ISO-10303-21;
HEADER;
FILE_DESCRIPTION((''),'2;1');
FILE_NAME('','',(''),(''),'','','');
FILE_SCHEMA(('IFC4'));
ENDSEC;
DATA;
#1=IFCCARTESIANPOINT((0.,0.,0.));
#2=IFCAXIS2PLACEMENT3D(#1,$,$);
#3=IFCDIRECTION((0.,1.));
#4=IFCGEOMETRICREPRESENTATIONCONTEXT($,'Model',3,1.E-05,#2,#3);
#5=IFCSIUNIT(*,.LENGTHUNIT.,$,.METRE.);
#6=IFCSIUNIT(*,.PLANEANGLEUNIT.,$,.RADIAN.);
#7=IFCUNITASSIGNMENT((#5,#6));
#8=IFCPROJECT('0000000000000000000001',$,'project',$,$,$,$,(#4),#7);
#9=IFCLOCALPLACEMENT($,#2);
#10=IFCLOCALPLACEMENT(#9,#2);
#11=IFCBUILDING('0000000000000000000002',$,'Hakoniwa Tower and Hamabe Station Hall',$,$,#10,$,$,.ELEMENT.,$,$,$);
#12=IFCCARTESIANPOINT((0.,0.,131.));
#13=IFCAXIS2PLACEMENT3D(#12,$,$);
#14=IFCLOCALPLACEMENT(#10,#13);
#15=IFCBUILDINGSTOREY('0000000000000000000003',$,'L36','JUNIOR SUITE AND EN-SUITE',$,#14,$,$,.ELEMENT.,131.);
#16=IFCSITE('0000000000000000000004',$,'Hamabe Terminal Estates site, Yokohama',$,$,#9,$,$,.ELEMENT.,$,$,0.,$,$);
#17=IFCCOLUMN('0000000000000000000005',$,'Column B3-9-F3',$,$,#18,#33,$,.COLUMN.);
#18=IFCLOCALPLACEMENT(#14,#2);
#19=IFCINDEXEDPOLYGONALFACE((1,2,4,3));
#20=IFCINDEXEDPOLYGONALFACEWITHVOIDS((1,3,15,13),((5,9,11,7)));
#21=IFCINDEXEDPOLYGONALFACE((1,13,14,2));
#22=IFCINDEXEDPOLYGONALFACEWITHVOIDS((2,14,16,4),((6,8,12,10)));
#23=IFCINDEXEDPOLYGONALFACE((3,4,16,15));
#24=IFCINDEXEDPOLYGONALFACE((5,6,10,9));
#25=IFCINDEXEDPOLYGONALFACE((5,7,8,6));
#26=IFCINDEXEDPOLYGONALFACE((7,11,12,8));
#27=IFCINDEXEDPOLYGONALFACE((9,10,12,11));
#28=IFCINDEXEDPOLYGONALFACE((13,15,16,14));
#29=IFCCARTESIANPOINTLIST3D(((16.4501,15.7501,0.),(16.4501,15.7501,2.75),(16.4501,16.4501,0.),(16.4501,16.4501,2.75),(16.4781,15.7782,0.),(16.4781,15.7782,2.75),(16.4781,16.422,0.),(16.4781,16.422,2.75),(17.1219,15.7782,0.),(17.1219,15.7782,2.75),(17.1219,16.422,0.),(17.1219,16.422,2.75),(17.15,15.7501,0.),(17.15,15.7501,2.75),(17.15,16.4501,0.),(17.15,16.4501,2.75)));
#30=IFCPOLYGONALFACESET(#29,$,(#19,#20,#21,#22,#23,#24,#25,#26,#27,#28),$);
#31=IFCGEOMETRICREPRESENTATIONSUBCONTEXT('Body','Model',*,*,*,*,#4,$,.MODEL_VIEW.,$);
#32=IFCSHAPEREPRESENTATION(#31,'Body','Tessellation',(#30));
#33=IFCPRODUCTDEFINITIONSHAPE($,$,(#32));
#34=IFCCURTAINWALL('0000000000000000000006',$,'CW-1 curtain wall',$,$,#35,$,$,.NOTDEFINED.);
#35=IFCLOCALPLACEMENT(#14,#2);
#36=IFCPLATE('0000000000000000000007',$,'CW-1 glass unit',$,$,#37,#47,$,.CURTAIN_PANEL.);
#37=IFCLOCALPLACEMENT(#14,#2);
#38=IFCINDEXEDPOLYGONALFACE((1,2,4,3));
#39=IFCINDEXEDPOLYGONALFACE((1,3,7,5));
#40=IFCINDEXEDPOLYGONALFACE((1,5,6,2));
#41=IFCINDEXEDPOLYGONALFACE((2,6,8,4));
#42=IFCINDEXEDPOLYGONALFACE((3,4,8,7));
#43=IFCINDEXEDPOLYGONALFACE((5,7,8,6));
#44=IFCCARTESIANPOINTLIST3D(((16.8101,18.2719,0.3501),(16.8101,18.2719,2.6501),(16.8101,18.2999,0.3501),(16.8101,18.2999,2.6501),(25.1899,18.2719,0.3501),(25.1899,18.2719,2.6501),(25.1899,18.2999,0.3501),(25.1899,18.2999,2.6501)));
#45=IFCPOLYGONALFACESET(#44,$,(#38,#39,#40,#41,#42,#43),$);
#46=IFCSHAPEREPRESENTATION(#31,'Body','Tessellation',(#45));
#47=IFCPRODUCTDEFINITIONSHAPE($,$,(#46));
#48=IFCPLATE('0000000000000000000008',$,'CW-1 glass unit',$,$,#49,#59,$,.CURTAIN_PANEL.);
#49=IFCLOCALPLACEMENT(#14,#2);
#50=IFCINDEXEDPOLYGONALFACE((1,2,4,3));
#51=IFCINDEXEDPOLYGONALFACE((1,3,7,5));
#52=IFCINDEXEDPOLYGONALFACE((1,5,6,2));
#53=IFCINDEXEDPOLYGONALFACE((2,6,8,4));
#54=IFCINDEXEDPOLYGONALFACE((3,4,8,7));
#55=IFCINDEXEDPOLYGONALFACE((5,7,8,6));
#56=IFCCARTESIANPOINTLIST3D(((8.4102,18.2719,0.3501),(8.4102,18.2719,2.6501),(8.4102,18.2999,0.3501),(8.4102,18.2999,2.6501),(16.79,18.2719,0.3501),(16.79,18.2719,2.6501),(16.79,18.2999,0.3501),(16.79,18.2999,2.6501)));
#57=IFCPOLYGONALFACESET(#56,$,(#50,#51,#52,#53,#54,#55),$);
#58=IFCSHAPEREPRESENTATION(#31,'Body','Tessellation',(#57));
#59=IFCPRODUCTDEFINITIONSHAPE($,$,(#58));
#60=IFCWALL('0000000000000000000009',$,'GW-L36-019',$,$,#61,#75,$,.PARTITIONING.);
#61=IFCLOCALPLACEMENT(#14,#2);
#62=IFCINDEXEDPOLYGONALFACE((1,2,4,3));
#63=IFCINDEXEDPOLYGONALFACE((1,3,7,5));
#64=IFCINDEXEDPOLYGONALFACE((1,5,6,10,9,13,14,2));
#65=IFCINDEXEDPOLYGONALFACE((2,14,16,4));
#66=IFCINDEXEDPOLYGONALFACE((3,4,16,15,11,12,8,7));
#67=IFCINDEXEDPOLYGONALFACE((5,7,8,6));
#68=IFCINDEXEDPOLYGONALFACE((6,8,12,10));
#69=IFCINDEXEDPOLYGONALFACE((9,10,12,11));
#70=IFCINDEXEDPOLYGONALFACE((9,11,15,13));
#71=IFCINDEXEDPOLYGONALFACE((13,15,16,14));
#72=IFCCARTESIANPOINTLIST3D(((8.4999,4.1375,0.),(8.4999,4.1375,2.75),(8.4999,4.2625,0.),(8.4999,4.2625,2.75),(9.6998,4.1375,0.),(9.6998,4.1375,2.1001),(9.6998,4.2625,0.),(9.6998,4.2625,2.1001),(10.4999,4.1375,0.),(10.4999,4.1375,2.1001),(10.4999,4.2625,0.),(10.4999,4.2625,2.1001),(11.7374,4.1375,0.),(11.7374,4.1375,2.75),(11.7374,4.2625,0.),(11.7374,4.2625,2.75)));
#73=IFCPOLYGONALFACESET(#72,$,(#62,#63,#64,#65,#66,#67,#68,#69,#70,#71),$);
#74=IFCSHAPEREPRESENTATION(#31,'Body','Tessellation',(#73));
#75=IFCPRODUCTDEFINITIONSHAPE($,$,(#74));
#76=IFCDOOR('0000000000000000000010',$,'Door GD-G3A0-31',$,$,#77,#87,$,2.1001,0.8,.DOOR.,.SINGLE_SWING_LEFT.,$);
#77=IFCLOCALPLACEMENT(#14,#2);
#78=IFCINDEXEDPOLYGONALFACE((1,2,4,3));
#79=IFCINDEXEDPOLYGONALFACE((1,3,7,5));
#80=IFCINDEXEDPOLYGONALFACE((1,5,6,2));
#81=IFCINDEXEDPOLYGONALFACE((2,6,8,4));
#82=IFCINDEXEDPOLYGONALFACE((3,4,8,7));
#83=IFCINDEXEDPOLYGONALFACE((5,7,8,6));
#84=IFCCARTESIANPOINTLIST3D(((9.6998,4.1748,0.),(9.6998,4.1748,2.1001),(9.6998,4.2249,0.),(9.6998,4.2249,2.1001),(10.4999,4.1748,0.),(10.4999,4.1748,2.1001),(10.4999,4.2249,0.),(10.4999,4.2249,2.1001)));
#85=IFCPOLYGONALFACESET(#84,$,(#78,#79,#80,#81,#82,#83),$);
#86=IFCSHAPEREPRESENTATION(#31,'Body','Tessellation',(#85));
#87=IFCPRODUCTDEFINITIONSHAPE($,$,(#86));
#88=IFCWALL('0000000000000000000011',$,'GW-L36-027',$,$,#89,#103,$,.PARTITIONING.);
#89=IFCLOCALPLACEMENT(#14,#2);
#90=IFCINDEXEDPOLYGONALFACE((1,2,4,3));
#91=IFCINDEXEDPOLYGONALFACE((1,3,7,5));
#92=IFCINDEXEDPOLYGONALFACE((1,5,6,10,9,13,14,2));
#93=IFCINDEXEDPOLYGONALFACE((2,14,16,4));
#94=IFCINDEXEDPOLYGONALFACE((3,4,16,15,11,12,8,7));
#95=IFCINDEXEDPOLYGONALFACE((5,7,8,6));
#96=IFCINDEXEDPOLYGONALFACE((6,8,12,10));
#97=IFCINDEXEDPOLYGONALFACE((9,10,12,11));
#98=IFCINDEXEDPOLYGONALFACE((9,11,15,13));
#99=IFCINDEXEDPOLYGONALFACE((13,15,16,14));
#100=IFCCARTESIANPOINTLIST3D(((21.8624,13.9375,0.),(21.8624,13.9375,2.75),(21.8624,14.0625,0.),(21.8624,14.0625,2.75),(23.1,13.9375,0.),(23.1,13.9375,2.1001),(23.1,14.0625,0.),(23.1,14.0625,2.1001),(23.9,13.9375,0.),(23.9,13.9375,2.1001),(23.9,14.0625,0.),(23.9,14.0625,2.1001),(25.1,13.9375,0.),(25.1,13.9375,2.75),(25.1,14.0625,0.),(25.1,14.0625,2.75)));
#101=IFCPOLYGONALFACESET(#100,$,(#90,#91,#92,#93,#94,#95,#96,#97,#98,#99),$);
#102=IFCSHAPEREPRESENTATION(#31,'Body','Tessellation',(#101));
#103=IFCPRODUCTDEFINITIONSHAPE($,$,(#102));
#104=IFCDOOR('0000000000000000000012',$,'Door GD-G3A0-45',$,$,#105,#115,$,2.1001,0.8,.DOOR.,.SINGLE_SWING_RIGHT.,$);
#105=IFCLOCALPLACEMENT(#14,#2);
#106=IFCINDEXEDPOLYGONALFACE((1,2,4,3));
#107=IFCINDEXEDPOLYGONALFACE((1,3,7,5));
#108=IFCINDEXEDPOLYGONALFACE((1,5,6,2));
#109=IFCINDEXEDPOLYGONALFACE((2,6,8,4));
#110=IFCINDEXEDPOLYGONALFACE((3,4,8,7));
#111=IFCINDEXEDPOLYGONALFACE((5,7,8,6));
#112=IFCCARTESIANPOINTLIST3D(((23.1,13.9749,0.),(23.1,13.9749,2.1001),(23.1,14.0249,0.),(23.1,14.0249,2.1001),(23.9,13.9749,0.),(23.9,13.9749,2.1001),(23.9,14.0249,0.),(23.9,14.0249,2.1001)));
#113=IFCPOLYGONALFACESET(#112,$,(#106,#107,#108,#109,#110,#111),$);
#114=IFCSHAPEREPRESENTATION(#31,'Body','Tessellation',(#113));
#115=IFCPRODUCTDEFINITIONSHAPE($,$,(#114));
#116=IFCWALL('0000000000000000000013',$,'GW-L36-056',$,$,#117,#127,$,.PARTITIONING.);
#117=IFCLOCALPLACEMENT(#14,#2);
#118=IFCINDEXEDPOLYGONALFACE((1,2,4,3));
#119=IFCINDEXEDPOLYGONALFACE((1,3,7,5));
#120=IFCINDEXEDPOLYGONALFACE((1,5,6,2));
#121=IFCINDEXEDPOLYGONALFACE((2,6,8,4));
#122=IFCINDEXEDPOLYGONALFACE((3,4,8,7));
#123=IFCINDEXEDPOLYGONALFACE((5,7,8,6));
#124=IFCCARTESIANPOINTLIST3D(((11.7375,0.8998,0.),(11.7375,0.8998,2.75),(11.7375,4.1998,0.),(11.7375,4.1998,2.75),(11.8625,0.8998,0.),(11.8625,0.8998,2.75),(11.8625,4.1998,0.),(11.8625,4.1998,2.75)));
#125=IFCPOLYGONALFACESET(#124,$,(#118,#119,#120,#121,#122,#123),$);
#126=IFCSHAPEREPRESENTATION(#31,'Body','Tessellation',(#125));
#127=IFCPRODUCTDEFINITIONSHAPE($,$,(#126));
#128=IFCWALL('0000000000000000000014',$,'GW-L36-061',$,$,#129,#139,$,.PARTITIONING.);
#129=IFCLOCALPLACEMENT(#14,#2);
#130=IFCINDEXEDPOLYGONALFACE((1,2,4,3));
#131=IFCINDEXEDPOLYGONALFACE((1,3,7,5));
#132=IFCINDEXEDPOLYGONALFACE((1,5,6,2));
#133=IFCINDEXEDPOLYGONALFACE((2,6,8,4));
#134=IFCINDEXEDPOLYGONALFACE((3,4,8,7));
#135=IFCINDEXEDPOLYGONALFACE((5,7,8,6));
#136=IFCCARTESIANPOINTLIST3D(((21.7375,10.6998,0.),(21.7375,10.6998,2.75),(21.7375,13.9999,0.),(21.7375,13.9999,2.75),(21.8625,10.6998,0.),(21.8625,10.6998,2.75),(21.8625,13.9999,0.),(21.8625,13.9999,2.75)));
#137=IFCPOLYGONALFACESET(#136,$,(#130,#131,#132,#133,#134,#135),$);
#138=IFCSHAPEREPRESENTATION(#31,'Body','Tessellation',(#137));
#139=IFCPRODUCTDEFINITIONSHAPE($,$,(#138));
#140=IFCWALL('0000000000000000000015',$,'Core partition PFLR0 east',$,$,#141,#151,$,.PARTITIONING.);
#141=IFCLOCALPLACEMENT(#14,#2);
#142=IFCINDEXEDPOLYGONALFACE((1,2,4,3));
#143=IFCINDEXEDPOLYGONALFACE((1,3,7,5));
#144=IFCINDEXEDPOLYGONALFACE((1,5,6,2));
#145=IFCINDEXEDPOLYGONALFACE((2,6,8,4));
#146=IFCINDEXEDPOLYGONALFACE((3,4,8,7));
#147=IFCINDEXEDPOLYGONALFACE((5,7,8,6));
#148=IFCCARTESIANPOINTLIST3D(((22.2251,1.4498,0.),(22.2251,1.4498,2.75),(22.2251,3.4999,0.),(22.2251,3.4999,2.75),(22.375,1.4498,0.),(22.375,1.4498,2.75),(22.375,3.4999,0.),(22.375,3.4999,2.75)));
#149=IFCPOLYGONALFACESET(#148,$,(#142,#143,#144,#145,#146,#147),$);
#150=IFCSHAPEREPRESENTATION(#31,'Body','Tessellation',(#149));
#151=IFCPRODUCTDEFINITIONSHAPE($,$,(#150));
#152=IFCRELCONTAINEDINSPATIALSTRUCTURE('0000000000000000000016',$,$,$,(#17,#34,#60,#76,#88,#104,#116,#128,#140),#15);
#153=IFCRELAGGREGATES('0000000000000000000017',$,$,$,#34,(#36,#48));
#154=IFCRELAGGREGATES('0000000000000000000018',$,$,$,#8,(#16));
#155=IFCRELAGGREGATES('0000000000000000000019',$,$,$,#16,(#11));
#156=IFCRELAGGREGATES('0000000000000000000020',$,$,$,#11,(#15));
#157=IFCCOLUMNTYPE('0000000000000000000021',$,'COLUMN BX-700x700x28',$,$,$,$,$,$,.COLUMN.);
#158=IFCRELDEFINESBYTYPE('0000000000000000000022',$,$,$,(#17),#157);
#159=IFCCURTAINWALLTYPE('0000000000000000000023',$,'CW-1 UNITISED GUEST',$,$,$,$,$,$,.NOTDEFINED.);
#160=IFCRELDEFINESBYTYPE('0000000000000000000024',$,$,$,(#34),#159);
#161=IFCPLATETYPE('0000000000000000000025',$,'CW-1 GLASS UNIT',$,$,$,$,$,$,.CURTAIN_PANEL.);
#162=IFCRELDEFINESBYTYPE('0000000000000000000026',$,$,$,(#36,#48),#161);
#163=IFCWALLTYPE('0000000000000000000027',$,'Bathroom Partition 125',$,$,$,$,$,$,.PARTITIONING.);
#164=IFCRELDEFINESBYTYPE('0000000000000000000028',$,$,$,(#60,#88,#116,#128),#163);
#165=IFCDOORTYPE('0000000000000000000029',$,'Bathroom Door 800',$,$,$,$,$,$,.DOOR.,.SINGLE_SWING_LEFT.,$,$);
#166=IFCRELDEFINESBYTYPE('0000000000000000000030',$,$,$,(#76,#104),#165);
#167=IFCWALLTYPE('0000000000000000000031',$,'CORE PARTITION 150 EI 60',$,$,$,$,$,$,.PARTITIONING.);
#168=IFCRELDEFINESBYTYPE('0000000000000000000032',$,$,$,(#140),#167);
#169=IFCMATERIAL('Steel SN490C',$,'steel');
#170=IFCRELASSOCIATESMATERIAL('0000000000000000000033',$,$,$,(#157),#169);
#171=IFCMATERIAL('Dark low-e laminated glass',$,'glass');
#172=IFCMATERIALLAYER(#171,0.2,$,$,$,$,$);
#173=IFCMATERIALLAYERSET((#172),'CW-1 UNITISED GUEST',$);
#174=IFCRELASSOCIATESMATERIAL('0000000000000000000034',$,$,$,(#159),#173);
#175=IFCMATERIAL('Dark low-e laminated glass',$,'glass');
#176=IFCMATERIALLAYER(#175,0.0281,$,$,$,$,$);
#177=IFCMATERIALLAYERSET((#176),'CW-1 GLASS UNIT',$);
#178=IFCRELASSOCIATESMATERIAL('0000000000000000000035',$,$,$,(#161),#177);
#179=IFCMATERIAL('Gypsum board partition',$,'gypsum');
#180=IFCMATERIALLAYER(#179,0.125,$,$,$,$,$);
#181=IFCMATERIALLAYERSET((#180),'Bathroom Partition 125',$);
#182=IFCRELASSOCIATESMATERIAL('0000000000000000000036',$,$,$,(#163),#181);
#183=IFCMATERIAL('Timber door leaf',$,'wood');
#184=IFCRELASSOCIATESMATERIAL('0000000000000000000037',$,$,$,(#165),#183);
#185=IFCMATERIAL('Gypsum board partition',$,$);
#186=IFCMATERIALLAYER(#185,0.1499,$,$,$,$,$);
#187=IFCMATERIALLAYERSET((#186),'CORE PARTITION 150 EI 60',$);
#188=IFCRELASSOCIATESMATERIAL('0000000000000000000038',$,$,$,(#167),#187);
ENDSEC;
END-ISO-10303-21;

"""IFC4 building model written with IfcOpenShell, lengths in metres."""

from ifc_helpers import new_model, si_unit, direction, frame, frame_2d, origin, origin_2d, place, context, subcontext, project, spatial, rectangle, hollow_rectangle, extrude, material, layer, layer_set, material_profile, profile_set, type_object, element, fill, aggregate, save


model = new_model("IFC4")

# Units and contexts
model_context = context("Model", 3, precision=1e-05, world=origin(), true_north=direction((0.0, 1.0)))
body_context = subcontext(model_context, "Body", "Model", "MODEL_VIEW")
ifc_project = project(units=[si_unit("LENGTHUNIT", "METRE"), si_unit("PLANEANGLEUNIT", "RADIAN")], contexts=[model_context])

# Site, building, storey
site_placement = place(None, origin())
site = spatial("IfcSite", under=ifc_project, at=site_placement, Name="Hamabe Terminal Estates site, Yokohama", CompositionType="ELEMENT", RefElevation=0.0)
building_placement = place(site_placement, origin())
building = spatial("IfcBuilding", under=site, at=building_placement, Name="Hakoniwa Tower and Hamabe Station Hall", CompositionType="ELEMENT")
storey_placement = place(building_placement, frame((0.0, 0.0, 131.0)))
storey = spatial("IfcBuildingStorey", under=building, at=storey_placement, Name="L36", Description="JUNIOR SUITE AND EN-SUITE", CompositionType="ELEMENT", Elevation=131.0)

# Column
ifc_material_1 = material(Name="Steel SN490C", Category="steel")
ifc_material_profile = material_profile(ifc_material_1, hollow_rectangle(XDim=0.7, YDim=0.7, WallThickness=0.0281, at=origin_2d()), Name="BX-700x700x28")
ifc_profile_set = profile_set([ifc_material_profile], Name="Steel SN490C")
column_type = type_object("IfcColumnType", Name="COLUMN BX-700x700x28", PredefinedType="COLUMN", material=ifc_profile_set)
column_placement = place(storey_placement, frame((16.8, 16.1001, 0.0), z_axis=(0.0, 0.0, 1.0), x_axis=(1.0, 0.0, 0.0)))
element("IfcColumn", 1, at=column_placement, inside=storey, type_object=column_type, Name="Column B3-9-F3", PredefinedType="COLUMN", context=body_context, shape_type="SweptSolid", body=[
    extrude(hollow_rectangle(XDim=0.7, YDim=0.7, WallThickness=0.0281, at=origin_2d()), origin(), (0.0, 0.0, 1.0), 2.75),
])

# Curtain wall, plates
ifc_material_2 = material(Name="Dark low-e laminated glass", Category="glass")
ifc_layer_1 = layer(ifc_material_2, 0.2)
ifc_layer_set_1 = layer_set([ifc_layer_1], Name="CW-1 UNITISED GUEST")
curtain_wall_type = type_object("IfcCurtainWallType", Name="CW-1 UNITISED GUEST", PredefinedType="NOTDEFINED", material=ifc_layer_set_1)
curtain_wall_placement = place(storey_placement, origin())
curtain_wall = element("IfcCurtainWall", 2, at=curtain_wall_placement, inside=storey, type_object=curtain_wall_type, Name="CW-1 curtain wall", PredefinedType="NOTDEFINED")
ifc_material_3 = material(Name="Dark low-e laminated glass", Category="glass")
ifc_layer_2 = layer(ifc_material_3, 0.0281)
ifc_layer_set_2 = layer_set([ifc_layer_2], Name="CW-1 GLASS UNIT")
plate_type = type_object("IfcPlateType", Name="CW-1 GLASS UNIT", PredefinedType="CURTAIN_PANEL", material=ifc_layer_set_2)
plate_1_placement = place(storey_placement, frame((21.0, 18.2859, 0.3501), z_axis=(0.0, 0.0, 1.0), x_axis=(-1.0, 0.0, 0.0)))
plate_1 = element("IfcPlate", 3, at=plate_1_placement, type_object=plate_type, Name="CW-1 glass unit", PredefinedType="CURTAIN_PANEL", context=body_context, shape_type="SweptSolid", body=[
    extrude(rectangle(XDim=8.3799, YDim=0.0281, at=origin_2d()), origin(), (0.0, 0.0, 1.0), 2.3),
])
plate_2_placement = place(storey_placement, frame((12.6001, 18.2859, 0.3501), z_axis=(0.0, 0.0, 1.0), x_axis=(-1.0, 0.0, 0.0)))
plate_2 = element("IfcPlate", 4, at=plate_2_placement, type_object=plate_type, Name="CW-1 glass unit", PredefinedType="CURTAIN_PANEL", context=body_context, shape_type="SweptSolid", body=[
    extrude(rectangle(XDim=8.3799, YDim=0.0281, at=origin_2d()), origin(), (0.0, 0.0, 1.0), 2.3),
])
aggregate(curtain_wall, [plate_1, plate_2])

# Walls, openings, doors
ifc_material_4 = material(Name="Gypsum board partition", Category="gypsum")
ifc_layer_3 = layer(ifc_material_4, 0.125)
ifc_layer_set_3 = layer_set([ifc_layer_3], Name="Bathroom Partition 125")
wall_type_1 = type_object("IfcWallType", Name="Bathroom Partition 125", PredefinedType="PARTITIONING", material=ifc_layer_set_3)
wall_1_placement = place(storey_placement, frame((8.5, 4.2, 0.0), z_axis=(0.0, 0.0, 1.0), x_axis=(1.0, 0.0, 0.0)))
wall_1 = element("IfcWall", 5, at=wall_1_placement, inside=storey, type_object=wall_type_1, Name="GW-L36-019", PredefinedType="PARTITIONING", context=body_context, shape_type="SweptSolid", body=[
    extrude(rectangle(XDim=3.2375, YDim=0.125, at=frame_2d((1.6187, 0.0))), origin(), (0.0, 0.0, 1.0), 2.75),
])
opening_1_placement = place(wall_1_placement, frame((1.2, 0.0, 0.0)))
opening_1 = element("IfcOpeningElement", 6, at=opening_1_placement, cuts=wall_1, PredefinedType="OPENING", context=body_context, shape_type="SweptSolid", body=[
    extrude(rectangle(XDim=0.8, YDim=2.1001, at=frame_2d((0.3999, 1.05))), frame((0.0, 0.0725, 0.0), z_axis=(0.0, -1.0, 0.0), x_axis=(1.0, 0.0, 0.0)), (0.0, 0.0, 1.0), 0.145),
])
ifc_material_5 = material(Name="Timber door leaf", Category="wood")
door_type_1 = type_object("IfcDoorType", Name="Bathroom Door 800", OperationType="SINGLE_SWING_LEFT", PredefinedType="DOOR", material=ifc_material_5)
door_1_placement = place(opening_1_placement, origin())
door_1 = element("IfcDoor", 7, at=door_1_placement, inside=storey, type_object=door_type_1, Name="Door GD-G3A0-31", OperationType="SINGLE_SWING_LEFT", OverallHeight=2.1001, OverallWidth=0.8, PredefinedType="DOOR", context=body_context, shape_type="SweptSolid", body=[
    extrude(rectangle(XDim=0.8, YDim=2.1001, at=frame_2d((0.3999, 1.05))), frame((0.0, 0.0249, 0.0), z_axis=(0.0, -1.0, 0.0), x_axis=(1.0, 0.0, 0.0)), (0.0, 0.0, 1.0), 0.05),
])
fill(opening_1, door_1)
wall_2_placement = place(storey_placement, frame((21.8625, 14.0, 0.0), z_axis=(0.0, 0.0, 1.0), x_axis=(1.0, 0.0, 0.0)))
wall_2 = element("IfcWall", 8, at=wall_2_placement, inside=storey, type_object=wall_type_1, Name="GW-L36-027", PredefinedType="PARTITIONING", context=body_context, shape_type="SweptSolid", body=[
    extrude(rectangle(XDim=3.2375, YDim=0.125, at=frame_2d((1.6187, 0.0))), origin(), (0.0, 0.0, 1.0), 2.75),
])
opening_2_placement = place(wall_2_placement, frame((1.2375, 0.0, 0.0)))
opening_2 = element("IfcOpeningElement", 9, at=opening_2_placement, cuts=wall_2, PredefinedType="OPENING", context=body_context, shape_type="SweptSolid", body=[
    extrude(rectangle(XDim=0.8, YDim=2.1001, at=frame_2d((0.3999, 1.05))), frame((0.0, 0.0725, 0.0), z_axis=(0.0, -1.0, 0.0), x_axis=(1.0, 0.0, 0.0)), (0.0, 0.0, 1.0), 0.145),
])
door_2_placement = place(opening_2_placement, origin())
door_2 = element("IfcDoor", 10, at=door_2_placement, inside=storey, type_object=door_type_1, Name="Door GD-G3A0-45", OperationType="SINGLE_SWING_RIGHT", OverallHeight=2.1001, OverallWidth=0.8, PredefinedType="DOOR", context=body_context, shape_type="SweptSolid", body=[
    extrude(rectangle(XDim=0.8, YDim=2.1001, at=frame_2d((0.3999, 1.05))), frame((0.0, 0.0249, 0.0), z_axis=(0.0, -1.0, 0.0), x_axis=(1.0, 0.0, 0.0)), (0.0, 0.0, 1.0), 0.05),
])
fill(opening_2, door_2)

# Walls
for number, where, z_axis, x_axis, name in (
    (11, (11.8, 0.8999, 0.0), (0.0, 0.0, 1.0), (0.0, 1.0, 0.0), "GW-L36-056"),
    (12, (21.8, 10.7, 0.0), (0.0, 0.0, 1.0), (0.0, 1.0, 0.0), "GW-L36-061"),
):
    element("IfcWall", number, at=place(storey_placement, frame(where, z_axis=z_axis, x_axis=x_axis)), inside=storey, type_object=wall_type_1, Name=name, PredefinedType="PARTITIONING", context=body_context, shape_type="SweptSolid", body=[
        extrude(rectangle(XDim=3.3, YDim=0.125, at=frame_2d((1.6499, 0.0))), origin(), (0.0, 0.0, 1.0), 2.75),
    ])
ifc_material_6 = material(Name="Gypsum board partition")
ifc_layer_4 = layer(ifc_material_6, 0.1499)
ifc_layer_set_4 = layer_set([ifc_layer_4], Name="CORE PARTITION 150 EI 60")
wall_type_2 = type_object("IfcWallType", Name="CORE PARTITION 150 EI 60", PredefinedType="PARTITIONING", material=ifc_layer_set_4)
wall_3_placement = place(storey_placement, frame((22.3, 1.45, 0.0), z_axis=(0.0, 0.0, 1.0), x_axis=(0.0, 1.0, 0.0)))
element("IfcWall", 13, at=wall_3_placement, inside=storey, type_object=wall_type_2, Name="Core partition PFLR0 east", PredefinedType="PARTITIONING", context=body_context, shape_type="SweptSolid", body=[
    extrude(rectangle(XDim=2.05, YDim=0.1499, at=frame_2d((1.0249, 0.0))), origin(), (0.0, 0.0, 1.0), 2.75),
])

save(model, "model.ifc")
